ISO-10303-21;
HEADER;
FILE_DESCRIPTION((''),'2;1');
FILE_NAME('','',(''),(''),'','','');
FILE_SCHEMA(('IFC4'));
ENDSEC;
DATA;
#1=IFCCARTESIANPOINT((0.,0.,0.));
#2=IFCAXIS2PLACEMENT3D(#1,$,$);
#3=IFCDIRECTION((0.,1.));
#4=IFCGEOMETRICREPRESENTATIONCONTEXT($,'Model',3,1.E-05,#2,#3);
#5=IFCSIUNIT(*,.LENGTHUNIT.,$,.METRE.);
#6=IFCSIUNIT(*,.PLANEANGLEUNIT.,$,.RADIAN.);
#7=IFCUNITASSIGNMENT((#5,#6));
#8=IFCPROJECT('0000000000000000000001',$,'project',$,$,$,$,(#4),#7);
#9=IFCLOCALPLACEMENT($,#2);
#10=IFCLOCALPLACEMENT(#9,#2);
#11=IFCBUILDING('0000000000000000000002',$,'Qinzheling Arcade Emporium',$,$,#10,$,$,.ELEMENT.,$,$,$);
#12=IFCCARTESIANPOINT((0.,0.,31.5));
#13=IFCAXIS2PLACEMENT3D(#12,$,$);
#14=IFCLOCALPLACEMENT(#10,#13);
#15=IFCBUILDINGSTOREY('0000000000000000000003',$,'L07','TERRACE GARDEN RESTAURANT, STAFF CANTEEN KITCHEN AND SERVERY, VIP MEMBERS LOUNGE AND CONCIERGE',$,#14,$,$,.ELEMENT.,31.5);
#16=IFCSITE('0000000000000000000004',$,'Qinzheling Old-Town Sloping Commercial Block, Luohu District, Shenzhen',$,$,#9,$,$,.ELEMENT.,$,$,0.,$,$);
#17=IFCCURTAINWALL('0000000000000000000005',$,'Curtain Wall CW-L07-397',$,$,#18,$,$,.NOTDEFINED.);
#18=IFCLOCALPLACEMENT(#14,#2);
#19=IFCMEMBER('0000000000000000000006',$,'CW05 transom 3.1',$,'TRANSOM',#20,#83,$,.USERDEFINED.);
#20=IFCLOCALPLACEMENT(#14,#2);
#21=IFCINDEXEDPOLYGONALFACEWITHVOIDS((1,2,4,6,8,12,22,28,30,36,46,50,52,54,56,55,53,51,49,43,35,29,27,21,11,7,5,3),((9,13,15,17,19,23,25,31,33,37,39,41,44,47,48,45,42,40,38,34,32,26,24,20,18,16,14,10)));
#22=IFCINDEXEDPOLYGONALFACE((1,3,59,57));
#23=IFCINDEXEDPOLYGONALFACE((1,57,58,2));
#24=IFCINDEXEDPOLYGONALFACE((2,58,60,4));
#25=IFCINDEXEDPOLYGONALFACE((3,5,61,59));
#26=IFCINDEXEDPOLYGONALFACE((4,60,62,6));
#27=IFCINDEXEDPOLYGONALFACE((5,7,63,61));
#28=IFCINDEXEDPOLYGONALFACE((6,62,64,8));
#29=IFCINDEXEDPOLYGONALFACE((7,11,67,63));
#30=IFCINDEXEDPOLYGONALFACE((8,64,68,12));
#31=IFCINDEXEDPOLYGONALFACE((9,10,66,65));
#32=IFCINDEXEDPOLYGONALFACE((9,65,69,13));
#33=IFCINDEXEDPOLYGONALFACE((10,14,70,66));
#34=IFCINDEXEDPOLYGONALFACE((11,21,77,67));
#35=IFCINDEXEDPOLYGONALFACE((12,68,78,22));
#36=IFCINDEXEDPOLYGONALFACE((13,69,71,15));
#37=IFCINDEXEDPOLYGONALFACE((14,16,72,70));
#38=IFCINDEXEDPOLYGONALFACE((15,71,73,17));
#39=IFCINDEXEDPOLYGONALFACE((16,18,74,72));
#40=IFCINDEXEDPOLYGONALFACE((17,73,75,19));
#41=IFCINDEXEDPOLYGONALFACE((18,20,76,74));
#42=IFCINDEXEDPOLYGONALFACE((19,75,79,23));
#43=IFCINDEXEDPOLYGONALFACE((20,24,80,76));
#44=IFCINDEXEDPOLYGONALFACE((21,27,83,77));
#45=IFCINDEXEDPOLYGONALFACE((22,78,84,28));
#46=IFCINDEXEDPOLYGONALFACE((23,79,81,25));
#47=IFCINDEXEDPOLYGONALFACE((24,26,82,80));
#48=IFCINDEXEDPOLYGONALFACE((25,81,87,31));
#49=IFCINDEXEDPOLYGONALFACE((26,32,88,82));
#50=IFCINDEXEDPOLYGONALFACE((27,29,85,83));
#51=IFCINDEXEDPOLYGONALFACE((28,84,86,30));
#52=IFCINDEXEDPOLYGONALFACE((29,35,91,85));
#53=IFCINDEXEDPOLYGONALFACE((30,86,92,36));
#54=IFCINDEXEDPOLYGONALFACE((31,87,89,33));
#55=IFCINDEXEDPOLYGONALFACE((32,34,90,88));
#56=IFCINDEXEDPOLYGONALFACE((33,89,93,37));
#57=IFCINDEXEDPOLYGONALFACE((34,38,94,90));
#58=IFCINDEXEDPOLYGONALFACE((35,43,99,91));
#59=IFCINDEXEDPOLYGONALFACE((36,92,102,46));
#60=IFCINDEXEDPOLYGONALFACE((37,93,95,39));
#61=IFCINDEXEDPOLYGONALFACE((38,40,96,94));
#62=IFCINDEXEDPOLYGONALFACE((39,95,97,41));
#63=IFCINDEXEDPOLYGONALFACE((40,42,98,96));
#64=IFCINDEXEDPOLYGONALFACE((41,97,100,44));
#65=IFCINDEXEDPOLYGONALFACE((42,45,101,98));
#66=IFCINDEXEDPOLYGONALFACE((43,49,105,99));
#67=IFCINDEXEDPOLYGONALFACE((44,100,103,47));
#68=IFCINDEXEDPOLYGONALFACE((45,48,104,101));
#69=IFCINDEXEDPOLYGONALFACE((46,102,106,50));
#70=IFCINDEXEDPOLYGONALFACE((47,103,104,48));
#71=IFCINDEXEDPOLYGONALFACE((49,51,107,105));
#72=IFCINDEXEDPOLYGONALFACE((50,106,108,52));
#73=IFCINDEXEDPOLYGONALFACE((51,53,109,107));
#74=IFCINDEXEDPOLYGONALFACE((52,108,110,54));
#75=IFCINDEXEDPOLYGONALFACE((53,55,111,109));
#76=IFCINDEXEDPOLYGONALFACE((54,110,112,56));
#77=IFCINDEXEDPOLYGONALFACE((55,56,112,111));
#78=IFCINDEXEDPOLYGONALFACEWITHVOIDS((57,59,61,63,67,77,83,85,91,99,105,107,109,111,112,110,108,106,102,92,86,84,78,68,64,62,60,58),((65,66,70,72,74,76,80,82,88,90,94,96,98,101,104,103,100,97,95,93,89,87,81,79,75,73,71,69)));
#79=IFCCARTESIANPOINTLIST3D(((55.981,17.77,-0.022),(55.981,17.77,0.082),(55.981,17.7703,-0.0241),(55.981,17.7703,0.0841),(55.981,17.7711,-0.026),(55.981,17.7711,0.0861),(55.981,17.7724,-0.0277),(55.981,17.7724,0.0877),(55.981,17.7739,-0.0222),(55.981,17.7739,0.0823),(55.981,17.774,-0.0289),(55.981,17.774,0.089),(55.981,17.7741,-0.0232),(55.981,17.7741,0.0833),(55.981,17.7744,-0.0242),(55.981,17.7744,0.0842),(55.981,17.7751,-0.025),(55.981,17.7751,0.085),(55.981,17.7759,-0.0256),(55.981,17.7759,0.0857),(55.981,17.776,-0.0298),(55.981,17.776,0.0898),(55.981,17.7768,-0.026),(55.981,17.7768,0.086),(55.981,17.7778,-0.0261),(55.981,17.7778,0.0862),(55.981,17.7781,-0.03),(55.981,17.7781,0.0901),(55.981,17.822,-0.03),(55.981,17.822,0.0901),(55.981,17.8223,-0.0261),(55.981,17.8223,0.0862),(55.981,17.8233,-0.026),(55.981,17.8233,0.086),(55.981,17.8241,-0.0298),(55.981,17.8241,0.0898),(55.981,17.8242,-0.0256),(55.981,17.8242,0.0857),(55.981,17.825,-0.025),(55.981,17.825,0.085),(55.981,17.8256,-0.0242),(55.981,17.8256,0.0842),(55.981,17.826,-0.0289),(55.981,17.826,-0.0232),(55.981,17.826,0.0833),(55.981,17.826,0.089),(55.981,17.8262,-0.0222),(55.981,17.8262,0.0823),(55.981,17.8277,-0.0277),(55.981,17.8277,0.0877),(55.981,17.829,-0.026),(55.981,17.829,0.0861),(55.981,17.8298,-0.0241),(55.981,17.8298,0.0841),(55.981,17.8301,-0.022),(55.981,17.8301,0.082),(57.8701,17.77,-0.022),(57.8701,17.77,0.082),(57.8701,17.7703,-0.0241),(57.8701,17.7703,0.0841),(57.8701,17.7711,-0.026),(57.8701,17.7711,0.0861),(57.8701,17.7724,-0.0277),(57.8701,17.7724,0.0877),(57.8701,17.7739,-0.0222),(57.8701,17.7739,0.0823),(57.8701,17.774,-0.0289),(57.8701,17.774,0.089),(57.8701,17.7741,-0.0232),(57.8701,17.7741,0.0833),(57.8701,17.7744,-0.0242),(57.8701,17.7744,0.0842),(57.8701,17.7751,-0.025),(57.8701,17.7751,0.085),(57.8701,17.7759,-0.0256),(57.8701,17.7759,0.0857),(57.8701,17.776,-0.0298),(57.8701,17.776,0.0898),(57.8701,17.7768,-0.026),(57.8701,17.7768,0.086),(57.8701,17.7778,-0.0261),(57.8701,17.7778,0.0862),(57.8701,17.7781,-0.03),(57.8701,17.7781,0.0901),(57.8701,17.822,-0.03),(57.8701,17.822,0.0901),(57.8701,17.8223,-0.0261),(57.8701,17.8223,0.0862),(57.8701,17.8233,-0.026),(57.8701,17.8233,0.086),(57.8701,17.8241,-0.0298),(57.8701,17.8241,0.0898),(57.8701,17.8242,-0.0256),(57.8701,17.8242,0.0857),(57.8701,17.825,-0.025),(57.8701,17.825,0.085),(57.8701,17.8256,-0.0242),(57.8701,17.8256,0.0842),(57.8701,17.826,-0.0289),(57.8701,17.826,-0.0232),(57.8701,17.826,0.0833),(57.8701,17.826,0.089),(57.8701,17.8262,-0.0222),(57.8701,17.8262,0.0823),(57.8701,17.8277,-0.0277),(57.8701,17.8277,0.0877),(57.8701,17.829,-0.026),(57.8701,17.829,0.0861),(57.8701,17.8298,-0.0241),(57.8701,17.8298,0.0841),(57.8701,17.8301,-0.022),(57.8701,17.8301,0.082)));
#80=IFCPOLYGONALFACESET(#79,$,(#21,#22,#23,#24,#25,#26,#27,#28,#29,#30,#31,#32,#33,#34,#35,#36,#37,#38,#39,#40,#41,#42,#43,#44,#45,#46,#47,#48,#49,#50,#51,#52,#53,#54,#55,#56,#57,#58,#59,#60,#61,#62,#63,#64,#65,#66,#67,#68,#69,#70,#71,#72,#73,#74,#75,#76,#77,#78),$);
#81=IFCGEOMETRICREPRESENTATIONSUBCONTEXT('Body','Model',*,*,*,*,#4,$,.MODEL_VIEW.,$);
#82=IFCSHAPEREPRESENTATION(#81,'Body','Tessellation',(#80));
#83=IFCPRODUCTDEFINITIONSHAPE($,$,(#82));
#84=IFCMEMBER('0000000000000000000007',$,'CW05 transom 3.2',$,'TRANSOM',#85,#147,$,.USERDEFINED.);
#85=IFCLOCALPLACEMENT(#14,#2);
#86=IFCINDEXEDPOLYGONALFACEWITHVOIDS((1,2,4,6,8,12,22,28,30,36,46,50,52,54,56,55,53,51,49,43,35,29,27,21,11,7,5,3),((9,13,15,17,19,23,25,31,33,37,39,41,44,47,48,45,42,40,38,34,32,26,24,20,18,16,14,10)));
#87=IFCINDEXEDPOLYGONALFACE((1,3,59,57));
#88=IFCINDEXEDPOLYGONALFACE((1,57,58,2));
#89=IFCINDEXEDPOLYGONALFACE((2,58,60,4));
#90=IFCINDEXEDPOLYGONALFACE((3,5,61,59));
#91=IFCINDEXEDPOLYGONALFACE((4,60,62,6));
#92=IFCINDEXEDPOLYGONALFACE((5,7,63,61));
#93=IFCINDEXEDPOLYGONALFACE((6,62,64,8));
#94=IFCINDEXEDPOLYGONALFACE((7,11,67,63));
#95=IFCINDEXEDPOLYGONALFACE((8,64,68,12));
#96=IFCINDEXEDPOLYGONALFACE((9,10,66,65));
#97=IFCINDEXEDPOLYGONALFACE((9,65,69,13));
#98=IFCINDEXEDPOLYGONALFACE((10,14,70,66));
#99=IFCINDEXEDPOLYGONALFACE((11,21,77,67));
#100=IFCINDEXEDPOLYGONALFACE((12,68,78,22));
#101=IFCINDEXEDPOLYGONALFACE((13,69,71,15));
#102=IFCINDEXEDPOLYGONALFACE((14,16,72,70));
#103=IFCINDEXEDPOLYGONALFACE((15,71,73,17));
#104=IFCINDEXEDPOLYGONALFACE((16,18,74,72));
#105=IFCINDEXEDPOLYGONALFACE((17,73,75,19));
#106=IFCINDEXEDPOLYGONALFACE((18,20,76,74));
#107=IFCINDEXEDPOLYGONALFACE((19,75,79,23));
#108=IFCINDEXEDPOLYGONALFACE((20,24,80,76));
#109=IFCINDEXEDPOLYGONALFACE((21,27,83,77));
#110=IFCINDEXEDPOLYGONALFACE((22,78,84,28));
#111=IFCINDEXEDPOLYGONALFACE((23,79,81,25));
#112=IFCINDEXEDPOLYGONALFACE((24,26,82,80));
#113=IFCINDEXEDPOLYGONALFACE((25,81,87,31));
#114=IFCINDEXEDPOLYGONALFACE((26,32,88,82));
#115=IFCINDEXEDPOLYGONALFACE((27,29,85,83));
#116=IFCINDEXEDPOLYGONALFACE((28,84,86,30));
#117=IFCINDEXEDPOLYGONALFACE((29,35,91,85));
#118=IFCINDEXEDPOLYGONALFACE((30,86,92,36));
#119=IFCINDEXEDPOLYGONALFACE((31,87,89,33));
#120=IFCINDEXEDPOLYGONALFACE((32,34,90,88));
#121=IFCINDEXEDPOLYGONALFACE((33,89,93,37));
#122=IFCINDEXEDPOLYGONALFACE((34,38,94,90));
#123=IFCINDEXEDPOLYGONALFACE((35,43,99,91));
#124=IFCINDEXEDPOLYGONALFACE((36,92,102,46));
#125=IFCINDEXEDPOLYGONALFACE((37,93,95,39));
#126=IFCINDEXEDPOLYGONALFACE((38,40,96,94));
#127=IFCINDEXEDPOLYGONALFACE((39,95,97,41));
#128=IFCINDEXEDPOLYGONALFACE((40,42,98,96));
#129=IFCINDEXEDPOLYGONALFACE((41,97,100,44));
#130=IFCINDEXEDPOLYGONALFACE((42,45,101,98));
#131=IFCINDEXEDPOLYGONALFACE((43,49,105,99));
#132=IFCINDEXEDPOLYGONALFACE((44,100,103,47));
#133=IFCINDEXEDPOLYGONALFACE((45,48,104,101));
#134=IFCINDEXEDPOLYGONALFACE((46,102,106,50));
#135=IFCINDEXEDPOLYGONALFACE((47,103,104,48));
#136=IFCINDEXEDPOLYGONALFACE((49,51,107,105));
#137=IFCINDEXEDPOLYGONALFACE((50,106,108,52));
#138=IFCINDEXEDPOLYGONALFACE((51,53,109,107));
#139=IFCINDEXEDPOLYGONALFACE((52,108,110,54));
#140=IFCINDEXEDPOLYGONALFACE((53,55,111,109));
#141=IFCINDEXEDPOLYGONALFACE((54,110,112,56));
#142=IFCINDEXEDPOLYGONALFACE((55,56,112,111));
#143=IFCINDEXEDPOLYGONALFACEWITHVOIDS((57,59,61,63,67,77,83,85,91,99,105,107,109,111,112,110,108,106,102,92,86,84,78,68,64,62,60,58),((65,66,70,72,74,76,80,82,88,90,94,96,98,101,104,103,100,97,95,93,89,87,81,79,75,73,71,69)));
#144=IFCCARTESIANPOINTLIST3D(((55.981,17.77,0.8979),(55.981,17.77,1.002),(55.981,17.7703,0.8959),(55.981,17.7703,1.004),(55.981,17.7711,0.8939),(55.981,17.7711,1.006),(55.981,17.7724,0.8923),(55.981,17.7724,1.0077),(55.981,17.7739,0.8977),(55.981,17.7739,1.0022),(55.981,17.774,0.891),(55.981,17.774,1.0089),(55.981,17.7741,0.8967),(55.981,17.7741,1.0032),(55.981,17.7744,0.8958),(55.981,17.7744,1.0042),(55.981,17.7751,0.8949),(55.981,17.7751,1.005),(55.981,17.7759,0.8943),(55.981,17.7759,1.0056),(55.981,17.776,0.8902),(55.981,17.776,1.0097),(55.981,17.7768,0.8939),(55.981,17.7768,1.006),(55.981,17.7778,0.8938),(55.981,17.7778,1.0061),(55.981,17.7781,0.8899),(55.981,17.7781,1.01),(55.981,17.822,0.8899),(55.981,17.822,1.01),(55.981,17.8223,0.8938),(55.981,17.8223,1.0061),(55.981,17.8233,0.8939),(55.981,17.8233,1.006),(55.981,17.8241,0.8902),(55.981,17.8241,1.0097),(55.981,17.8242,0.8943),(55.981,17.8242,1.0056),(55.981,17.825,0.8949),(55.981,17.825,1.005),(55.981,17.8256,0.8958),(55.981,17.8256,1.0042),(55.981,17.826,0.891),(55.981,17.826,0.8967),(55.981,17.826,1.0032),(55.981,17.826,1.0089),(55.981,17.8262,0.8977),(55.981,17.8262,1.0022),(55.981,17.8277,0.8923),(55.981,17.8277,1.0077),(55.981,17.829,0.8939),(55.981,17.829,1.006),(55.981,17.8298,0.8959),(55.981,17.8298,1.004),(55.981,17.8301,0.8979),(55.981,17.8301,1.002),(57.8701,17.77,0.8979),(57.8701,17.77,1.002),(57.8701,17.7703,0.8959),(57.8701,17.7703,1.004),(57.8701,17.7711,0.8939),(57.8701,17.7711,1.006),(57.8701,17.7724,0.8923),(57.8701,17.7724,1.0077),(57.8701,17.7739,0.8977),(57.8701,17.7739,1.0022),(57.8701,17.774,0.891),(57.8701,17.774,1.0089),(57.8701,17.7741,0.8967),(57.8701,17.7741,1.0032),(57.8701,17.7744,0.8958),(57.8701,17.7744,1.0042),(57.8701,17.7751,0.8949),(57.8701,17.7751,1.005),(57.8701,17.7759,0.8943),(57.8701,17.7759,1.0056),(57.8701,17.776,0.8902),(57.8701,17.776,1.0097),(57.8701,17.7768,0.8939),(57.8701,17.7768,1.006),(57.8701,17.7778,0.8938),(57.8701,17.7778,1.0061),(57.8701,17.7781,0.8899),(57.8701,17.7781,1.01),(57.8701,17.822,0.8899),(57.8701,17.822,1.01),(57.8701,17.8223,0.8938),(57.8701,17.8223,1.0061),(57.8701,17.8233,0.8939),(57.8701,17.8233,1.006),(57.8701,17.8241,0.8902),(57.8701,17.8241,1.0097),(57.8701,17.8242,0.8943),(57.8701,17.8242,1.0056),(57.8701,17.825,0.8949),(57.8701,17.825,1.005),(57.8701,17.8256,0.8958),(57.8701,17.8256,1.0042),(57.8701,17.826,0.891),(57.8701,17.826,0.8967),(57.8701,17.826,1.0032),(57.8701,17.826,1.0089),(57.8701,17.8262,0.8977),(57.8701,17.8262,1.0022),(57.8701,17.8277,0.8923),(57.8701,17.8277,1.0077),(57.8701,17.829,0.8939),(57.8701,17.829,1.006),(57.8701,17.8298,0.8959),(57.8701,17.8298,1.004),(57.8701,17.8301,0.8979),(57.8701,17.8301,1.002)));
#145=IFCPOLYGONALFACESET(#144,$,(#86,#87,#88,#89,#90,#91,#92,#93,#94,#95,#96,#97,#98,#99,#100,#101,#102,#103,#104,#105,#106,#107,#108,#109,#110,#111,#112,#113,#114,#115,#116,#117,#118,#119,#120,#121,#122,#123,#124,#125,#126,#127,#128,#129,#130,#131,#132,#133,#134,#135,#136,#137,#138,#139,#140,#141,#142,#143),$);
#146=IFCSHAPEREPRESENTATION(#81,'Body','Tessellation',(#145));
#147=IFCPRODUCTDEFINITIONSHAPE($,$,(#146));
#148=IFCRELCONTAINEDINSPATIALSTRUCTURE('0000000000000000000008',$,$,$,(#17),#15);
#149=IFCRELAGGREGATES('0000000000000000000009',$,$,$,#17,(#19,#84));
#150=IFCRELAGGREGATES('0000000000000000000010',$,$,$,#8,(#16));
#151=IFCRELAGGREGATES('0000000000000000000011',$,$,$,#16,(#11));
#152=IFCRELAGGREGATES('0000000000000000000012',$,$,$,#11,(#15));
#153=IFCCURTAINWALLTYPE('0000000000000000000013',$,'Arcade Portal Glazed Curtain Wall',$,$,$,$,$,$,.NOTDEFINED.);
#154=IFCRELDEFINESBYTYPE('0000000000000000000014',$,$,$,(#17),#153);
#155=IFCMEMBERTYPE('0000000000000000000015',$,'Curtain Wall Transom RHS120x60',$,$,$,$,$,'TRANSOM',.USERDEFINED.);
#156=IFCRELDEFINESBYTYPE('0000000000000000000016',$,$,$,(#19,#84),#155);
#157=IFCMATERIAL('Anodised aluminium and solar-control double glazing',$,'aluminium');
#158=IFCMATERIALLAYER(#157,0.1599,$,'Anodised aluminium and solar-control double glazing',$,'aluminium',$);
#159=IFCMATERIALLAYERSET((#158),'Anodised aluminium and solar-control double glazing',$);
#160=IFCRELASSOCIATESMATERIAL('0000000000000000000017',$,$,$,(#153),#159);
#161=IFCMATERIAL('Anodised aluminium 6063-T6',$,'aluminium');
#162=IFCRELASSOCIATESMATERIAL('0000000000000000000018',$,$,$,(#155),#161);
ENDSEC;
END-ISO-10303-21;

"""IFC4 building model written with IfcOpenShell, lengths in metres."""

from ifc_helpers import new_model, si_unit, direction, frame, origin, origin_2d, place, context, subcontext, project, spatial, hollow_rectangle, extrude, material, layer, layer_set, material_profile, profile_set, type_object, element, aggregate, save


model = new_model("IFC4")

# Units and contexts
model_context = context("Model", 3, precision=1e-05, world=origin(), true_north=direction((0.0, 1.0)))
body_context = subcontext(model_context, "Body", "Model", "MODEL_VIEW")
ifc_project = project(units=[si_unit("LENGTHUNIT", "METRE"), si_unit("PLANEANGLEUNIT", "RADIAN")], contexts=[model_context])

# Site, building, storey
site_placement = place(None, origin())
site = spatial("IfcSite", under=ifc_project, at=site_placement, Name="Qinzheling Old-Town Sloping Commercial Block, Luohu District, Shenzhen", CompositionType="ELEMENT", RefElevation=0.0)
building_placement = place(site_placement, origin())
building = spatial("IfcBuilding", under=site, at=building_placement, Name="Qinzheling Arcade Emporium", CompositionType="ELEMENT")
storey_placement = place(building_placement, frame((0.0, 0.0, 31.5)))
storey = spatial("IfcBuildingStorey", under=building, at=storey_placement, Name="L07", Description="TERRACE GARDEN RESTAURANT, STAFF CANTEEN KITCHEN AND SERVERY, VIP MEMBERS LOUNGE AND CONCIERGE", CompositionType="ELEMENT", Elevation=31.5)

# Curtain wall
ifc_material_1 = material(Name="Anodised aluminium and solar-control double glazing", Category="aluminium")
ifc_layer_1 = layer(ifc_material_1, 0.1599, Name="Anodised aluminium and solar-control double glazing", Category="aluminium")
ifc_layer_set_1 = layer_set([ifc_layer_1], Name="Anodised aluminium and solar-control double glazing")
curtain_wall_type = type_object("IfcCurtainWallType", Name="Arcade Portal Glazed Curtain Wall", PredefinedType="NOTDEFINED", material=ifc_layer_set_1)
curtain_wall_1_placement = place(storey_placement, origin())
curtain_wall_1 = element("IfcCurtainWall", 1, at=curtain_wall_1_placement, inside=storey, type_object=curtain_wall_type, Name="Curtain Wall CW-L07-397", PredefinedType="NOTDEFINED")
ifc_material_2 = material(Name="Anodised aluminium 6063-T6", Category="aluminium")

# Members
ifc_material_profile_1 = material_profile(ifc_material_2, hollow_rectangle(XDim=0.0601, YDim=0.1201, WallThickness=0.0039, InnerFilletRadius=0.0039, OuterFilletRadius=0.0081, at=origin_2d()), Name="RHS 120x60x4", Category="aluminium")
ifc_profile_set_1 = profile_set([ifc_material_profile_1], Name="Anodised aluminium 6063-T6")
member_type_1 = type_object("IfcMemberType", Name="Curtain Wall Transom RHS120x60", ElementType="TRANSOM", PredefinedType="USERDEFINED", material=ifc_profile_set_1)
member_1_placement = place(storey_placement, frame((57.8701, 17.8, 0.03), z_axis=(-1.0, 0.0, 0.0), x_axis=(0.0, -1.0, 0.0)))
member_1 = element("IfcMember", 2, at=member_1_placement, type_object=member_type_1, Name="CW05 transom 3.1", ObjectType="TRANSOM", PredefinedType="USERDEFINED", context=body_context, shape_type="SweptSolid", body=[
    extrude(hollow_rectangle(XDim=0.0601, YDim=0.1201, WallThickness=0.0039, InnerFilletRadius=0.0039, OuterFilletRadius=0.0081, at=origin_2d()), origin(), (0.0, 0.0, 1.0), 1.8892),
])
member_2_placement = place(storey_placement, frame((57.8701, 17.8, 0.95), z_axis=(-1.0, 0.0, 0.0), x_axis=(0.0, -1.0, 0.0)))
member_2 = element("IfcMember", 3, at=member_2_placement, type_object=member_type_1, Name="CW05 transom 3.2", ObjectType="TRANSOM", PredefinedType="USERDEFINED", context=body_context, shape_type="SweptSolid", body=[
    extrude(hollow_rectangle(XDim=0.0601, YDim=0.1201, WallThickness=0.0039, InnerFilletRadius=0.0039, OuterFilletRadius=0.0081, at=origin_2d()), origin(), (0.0, 0.0, 1.0), 1.8892),
])

aggregate(curtain_wall_1, [member_1, member_2])

save(model, "model.ifc")
